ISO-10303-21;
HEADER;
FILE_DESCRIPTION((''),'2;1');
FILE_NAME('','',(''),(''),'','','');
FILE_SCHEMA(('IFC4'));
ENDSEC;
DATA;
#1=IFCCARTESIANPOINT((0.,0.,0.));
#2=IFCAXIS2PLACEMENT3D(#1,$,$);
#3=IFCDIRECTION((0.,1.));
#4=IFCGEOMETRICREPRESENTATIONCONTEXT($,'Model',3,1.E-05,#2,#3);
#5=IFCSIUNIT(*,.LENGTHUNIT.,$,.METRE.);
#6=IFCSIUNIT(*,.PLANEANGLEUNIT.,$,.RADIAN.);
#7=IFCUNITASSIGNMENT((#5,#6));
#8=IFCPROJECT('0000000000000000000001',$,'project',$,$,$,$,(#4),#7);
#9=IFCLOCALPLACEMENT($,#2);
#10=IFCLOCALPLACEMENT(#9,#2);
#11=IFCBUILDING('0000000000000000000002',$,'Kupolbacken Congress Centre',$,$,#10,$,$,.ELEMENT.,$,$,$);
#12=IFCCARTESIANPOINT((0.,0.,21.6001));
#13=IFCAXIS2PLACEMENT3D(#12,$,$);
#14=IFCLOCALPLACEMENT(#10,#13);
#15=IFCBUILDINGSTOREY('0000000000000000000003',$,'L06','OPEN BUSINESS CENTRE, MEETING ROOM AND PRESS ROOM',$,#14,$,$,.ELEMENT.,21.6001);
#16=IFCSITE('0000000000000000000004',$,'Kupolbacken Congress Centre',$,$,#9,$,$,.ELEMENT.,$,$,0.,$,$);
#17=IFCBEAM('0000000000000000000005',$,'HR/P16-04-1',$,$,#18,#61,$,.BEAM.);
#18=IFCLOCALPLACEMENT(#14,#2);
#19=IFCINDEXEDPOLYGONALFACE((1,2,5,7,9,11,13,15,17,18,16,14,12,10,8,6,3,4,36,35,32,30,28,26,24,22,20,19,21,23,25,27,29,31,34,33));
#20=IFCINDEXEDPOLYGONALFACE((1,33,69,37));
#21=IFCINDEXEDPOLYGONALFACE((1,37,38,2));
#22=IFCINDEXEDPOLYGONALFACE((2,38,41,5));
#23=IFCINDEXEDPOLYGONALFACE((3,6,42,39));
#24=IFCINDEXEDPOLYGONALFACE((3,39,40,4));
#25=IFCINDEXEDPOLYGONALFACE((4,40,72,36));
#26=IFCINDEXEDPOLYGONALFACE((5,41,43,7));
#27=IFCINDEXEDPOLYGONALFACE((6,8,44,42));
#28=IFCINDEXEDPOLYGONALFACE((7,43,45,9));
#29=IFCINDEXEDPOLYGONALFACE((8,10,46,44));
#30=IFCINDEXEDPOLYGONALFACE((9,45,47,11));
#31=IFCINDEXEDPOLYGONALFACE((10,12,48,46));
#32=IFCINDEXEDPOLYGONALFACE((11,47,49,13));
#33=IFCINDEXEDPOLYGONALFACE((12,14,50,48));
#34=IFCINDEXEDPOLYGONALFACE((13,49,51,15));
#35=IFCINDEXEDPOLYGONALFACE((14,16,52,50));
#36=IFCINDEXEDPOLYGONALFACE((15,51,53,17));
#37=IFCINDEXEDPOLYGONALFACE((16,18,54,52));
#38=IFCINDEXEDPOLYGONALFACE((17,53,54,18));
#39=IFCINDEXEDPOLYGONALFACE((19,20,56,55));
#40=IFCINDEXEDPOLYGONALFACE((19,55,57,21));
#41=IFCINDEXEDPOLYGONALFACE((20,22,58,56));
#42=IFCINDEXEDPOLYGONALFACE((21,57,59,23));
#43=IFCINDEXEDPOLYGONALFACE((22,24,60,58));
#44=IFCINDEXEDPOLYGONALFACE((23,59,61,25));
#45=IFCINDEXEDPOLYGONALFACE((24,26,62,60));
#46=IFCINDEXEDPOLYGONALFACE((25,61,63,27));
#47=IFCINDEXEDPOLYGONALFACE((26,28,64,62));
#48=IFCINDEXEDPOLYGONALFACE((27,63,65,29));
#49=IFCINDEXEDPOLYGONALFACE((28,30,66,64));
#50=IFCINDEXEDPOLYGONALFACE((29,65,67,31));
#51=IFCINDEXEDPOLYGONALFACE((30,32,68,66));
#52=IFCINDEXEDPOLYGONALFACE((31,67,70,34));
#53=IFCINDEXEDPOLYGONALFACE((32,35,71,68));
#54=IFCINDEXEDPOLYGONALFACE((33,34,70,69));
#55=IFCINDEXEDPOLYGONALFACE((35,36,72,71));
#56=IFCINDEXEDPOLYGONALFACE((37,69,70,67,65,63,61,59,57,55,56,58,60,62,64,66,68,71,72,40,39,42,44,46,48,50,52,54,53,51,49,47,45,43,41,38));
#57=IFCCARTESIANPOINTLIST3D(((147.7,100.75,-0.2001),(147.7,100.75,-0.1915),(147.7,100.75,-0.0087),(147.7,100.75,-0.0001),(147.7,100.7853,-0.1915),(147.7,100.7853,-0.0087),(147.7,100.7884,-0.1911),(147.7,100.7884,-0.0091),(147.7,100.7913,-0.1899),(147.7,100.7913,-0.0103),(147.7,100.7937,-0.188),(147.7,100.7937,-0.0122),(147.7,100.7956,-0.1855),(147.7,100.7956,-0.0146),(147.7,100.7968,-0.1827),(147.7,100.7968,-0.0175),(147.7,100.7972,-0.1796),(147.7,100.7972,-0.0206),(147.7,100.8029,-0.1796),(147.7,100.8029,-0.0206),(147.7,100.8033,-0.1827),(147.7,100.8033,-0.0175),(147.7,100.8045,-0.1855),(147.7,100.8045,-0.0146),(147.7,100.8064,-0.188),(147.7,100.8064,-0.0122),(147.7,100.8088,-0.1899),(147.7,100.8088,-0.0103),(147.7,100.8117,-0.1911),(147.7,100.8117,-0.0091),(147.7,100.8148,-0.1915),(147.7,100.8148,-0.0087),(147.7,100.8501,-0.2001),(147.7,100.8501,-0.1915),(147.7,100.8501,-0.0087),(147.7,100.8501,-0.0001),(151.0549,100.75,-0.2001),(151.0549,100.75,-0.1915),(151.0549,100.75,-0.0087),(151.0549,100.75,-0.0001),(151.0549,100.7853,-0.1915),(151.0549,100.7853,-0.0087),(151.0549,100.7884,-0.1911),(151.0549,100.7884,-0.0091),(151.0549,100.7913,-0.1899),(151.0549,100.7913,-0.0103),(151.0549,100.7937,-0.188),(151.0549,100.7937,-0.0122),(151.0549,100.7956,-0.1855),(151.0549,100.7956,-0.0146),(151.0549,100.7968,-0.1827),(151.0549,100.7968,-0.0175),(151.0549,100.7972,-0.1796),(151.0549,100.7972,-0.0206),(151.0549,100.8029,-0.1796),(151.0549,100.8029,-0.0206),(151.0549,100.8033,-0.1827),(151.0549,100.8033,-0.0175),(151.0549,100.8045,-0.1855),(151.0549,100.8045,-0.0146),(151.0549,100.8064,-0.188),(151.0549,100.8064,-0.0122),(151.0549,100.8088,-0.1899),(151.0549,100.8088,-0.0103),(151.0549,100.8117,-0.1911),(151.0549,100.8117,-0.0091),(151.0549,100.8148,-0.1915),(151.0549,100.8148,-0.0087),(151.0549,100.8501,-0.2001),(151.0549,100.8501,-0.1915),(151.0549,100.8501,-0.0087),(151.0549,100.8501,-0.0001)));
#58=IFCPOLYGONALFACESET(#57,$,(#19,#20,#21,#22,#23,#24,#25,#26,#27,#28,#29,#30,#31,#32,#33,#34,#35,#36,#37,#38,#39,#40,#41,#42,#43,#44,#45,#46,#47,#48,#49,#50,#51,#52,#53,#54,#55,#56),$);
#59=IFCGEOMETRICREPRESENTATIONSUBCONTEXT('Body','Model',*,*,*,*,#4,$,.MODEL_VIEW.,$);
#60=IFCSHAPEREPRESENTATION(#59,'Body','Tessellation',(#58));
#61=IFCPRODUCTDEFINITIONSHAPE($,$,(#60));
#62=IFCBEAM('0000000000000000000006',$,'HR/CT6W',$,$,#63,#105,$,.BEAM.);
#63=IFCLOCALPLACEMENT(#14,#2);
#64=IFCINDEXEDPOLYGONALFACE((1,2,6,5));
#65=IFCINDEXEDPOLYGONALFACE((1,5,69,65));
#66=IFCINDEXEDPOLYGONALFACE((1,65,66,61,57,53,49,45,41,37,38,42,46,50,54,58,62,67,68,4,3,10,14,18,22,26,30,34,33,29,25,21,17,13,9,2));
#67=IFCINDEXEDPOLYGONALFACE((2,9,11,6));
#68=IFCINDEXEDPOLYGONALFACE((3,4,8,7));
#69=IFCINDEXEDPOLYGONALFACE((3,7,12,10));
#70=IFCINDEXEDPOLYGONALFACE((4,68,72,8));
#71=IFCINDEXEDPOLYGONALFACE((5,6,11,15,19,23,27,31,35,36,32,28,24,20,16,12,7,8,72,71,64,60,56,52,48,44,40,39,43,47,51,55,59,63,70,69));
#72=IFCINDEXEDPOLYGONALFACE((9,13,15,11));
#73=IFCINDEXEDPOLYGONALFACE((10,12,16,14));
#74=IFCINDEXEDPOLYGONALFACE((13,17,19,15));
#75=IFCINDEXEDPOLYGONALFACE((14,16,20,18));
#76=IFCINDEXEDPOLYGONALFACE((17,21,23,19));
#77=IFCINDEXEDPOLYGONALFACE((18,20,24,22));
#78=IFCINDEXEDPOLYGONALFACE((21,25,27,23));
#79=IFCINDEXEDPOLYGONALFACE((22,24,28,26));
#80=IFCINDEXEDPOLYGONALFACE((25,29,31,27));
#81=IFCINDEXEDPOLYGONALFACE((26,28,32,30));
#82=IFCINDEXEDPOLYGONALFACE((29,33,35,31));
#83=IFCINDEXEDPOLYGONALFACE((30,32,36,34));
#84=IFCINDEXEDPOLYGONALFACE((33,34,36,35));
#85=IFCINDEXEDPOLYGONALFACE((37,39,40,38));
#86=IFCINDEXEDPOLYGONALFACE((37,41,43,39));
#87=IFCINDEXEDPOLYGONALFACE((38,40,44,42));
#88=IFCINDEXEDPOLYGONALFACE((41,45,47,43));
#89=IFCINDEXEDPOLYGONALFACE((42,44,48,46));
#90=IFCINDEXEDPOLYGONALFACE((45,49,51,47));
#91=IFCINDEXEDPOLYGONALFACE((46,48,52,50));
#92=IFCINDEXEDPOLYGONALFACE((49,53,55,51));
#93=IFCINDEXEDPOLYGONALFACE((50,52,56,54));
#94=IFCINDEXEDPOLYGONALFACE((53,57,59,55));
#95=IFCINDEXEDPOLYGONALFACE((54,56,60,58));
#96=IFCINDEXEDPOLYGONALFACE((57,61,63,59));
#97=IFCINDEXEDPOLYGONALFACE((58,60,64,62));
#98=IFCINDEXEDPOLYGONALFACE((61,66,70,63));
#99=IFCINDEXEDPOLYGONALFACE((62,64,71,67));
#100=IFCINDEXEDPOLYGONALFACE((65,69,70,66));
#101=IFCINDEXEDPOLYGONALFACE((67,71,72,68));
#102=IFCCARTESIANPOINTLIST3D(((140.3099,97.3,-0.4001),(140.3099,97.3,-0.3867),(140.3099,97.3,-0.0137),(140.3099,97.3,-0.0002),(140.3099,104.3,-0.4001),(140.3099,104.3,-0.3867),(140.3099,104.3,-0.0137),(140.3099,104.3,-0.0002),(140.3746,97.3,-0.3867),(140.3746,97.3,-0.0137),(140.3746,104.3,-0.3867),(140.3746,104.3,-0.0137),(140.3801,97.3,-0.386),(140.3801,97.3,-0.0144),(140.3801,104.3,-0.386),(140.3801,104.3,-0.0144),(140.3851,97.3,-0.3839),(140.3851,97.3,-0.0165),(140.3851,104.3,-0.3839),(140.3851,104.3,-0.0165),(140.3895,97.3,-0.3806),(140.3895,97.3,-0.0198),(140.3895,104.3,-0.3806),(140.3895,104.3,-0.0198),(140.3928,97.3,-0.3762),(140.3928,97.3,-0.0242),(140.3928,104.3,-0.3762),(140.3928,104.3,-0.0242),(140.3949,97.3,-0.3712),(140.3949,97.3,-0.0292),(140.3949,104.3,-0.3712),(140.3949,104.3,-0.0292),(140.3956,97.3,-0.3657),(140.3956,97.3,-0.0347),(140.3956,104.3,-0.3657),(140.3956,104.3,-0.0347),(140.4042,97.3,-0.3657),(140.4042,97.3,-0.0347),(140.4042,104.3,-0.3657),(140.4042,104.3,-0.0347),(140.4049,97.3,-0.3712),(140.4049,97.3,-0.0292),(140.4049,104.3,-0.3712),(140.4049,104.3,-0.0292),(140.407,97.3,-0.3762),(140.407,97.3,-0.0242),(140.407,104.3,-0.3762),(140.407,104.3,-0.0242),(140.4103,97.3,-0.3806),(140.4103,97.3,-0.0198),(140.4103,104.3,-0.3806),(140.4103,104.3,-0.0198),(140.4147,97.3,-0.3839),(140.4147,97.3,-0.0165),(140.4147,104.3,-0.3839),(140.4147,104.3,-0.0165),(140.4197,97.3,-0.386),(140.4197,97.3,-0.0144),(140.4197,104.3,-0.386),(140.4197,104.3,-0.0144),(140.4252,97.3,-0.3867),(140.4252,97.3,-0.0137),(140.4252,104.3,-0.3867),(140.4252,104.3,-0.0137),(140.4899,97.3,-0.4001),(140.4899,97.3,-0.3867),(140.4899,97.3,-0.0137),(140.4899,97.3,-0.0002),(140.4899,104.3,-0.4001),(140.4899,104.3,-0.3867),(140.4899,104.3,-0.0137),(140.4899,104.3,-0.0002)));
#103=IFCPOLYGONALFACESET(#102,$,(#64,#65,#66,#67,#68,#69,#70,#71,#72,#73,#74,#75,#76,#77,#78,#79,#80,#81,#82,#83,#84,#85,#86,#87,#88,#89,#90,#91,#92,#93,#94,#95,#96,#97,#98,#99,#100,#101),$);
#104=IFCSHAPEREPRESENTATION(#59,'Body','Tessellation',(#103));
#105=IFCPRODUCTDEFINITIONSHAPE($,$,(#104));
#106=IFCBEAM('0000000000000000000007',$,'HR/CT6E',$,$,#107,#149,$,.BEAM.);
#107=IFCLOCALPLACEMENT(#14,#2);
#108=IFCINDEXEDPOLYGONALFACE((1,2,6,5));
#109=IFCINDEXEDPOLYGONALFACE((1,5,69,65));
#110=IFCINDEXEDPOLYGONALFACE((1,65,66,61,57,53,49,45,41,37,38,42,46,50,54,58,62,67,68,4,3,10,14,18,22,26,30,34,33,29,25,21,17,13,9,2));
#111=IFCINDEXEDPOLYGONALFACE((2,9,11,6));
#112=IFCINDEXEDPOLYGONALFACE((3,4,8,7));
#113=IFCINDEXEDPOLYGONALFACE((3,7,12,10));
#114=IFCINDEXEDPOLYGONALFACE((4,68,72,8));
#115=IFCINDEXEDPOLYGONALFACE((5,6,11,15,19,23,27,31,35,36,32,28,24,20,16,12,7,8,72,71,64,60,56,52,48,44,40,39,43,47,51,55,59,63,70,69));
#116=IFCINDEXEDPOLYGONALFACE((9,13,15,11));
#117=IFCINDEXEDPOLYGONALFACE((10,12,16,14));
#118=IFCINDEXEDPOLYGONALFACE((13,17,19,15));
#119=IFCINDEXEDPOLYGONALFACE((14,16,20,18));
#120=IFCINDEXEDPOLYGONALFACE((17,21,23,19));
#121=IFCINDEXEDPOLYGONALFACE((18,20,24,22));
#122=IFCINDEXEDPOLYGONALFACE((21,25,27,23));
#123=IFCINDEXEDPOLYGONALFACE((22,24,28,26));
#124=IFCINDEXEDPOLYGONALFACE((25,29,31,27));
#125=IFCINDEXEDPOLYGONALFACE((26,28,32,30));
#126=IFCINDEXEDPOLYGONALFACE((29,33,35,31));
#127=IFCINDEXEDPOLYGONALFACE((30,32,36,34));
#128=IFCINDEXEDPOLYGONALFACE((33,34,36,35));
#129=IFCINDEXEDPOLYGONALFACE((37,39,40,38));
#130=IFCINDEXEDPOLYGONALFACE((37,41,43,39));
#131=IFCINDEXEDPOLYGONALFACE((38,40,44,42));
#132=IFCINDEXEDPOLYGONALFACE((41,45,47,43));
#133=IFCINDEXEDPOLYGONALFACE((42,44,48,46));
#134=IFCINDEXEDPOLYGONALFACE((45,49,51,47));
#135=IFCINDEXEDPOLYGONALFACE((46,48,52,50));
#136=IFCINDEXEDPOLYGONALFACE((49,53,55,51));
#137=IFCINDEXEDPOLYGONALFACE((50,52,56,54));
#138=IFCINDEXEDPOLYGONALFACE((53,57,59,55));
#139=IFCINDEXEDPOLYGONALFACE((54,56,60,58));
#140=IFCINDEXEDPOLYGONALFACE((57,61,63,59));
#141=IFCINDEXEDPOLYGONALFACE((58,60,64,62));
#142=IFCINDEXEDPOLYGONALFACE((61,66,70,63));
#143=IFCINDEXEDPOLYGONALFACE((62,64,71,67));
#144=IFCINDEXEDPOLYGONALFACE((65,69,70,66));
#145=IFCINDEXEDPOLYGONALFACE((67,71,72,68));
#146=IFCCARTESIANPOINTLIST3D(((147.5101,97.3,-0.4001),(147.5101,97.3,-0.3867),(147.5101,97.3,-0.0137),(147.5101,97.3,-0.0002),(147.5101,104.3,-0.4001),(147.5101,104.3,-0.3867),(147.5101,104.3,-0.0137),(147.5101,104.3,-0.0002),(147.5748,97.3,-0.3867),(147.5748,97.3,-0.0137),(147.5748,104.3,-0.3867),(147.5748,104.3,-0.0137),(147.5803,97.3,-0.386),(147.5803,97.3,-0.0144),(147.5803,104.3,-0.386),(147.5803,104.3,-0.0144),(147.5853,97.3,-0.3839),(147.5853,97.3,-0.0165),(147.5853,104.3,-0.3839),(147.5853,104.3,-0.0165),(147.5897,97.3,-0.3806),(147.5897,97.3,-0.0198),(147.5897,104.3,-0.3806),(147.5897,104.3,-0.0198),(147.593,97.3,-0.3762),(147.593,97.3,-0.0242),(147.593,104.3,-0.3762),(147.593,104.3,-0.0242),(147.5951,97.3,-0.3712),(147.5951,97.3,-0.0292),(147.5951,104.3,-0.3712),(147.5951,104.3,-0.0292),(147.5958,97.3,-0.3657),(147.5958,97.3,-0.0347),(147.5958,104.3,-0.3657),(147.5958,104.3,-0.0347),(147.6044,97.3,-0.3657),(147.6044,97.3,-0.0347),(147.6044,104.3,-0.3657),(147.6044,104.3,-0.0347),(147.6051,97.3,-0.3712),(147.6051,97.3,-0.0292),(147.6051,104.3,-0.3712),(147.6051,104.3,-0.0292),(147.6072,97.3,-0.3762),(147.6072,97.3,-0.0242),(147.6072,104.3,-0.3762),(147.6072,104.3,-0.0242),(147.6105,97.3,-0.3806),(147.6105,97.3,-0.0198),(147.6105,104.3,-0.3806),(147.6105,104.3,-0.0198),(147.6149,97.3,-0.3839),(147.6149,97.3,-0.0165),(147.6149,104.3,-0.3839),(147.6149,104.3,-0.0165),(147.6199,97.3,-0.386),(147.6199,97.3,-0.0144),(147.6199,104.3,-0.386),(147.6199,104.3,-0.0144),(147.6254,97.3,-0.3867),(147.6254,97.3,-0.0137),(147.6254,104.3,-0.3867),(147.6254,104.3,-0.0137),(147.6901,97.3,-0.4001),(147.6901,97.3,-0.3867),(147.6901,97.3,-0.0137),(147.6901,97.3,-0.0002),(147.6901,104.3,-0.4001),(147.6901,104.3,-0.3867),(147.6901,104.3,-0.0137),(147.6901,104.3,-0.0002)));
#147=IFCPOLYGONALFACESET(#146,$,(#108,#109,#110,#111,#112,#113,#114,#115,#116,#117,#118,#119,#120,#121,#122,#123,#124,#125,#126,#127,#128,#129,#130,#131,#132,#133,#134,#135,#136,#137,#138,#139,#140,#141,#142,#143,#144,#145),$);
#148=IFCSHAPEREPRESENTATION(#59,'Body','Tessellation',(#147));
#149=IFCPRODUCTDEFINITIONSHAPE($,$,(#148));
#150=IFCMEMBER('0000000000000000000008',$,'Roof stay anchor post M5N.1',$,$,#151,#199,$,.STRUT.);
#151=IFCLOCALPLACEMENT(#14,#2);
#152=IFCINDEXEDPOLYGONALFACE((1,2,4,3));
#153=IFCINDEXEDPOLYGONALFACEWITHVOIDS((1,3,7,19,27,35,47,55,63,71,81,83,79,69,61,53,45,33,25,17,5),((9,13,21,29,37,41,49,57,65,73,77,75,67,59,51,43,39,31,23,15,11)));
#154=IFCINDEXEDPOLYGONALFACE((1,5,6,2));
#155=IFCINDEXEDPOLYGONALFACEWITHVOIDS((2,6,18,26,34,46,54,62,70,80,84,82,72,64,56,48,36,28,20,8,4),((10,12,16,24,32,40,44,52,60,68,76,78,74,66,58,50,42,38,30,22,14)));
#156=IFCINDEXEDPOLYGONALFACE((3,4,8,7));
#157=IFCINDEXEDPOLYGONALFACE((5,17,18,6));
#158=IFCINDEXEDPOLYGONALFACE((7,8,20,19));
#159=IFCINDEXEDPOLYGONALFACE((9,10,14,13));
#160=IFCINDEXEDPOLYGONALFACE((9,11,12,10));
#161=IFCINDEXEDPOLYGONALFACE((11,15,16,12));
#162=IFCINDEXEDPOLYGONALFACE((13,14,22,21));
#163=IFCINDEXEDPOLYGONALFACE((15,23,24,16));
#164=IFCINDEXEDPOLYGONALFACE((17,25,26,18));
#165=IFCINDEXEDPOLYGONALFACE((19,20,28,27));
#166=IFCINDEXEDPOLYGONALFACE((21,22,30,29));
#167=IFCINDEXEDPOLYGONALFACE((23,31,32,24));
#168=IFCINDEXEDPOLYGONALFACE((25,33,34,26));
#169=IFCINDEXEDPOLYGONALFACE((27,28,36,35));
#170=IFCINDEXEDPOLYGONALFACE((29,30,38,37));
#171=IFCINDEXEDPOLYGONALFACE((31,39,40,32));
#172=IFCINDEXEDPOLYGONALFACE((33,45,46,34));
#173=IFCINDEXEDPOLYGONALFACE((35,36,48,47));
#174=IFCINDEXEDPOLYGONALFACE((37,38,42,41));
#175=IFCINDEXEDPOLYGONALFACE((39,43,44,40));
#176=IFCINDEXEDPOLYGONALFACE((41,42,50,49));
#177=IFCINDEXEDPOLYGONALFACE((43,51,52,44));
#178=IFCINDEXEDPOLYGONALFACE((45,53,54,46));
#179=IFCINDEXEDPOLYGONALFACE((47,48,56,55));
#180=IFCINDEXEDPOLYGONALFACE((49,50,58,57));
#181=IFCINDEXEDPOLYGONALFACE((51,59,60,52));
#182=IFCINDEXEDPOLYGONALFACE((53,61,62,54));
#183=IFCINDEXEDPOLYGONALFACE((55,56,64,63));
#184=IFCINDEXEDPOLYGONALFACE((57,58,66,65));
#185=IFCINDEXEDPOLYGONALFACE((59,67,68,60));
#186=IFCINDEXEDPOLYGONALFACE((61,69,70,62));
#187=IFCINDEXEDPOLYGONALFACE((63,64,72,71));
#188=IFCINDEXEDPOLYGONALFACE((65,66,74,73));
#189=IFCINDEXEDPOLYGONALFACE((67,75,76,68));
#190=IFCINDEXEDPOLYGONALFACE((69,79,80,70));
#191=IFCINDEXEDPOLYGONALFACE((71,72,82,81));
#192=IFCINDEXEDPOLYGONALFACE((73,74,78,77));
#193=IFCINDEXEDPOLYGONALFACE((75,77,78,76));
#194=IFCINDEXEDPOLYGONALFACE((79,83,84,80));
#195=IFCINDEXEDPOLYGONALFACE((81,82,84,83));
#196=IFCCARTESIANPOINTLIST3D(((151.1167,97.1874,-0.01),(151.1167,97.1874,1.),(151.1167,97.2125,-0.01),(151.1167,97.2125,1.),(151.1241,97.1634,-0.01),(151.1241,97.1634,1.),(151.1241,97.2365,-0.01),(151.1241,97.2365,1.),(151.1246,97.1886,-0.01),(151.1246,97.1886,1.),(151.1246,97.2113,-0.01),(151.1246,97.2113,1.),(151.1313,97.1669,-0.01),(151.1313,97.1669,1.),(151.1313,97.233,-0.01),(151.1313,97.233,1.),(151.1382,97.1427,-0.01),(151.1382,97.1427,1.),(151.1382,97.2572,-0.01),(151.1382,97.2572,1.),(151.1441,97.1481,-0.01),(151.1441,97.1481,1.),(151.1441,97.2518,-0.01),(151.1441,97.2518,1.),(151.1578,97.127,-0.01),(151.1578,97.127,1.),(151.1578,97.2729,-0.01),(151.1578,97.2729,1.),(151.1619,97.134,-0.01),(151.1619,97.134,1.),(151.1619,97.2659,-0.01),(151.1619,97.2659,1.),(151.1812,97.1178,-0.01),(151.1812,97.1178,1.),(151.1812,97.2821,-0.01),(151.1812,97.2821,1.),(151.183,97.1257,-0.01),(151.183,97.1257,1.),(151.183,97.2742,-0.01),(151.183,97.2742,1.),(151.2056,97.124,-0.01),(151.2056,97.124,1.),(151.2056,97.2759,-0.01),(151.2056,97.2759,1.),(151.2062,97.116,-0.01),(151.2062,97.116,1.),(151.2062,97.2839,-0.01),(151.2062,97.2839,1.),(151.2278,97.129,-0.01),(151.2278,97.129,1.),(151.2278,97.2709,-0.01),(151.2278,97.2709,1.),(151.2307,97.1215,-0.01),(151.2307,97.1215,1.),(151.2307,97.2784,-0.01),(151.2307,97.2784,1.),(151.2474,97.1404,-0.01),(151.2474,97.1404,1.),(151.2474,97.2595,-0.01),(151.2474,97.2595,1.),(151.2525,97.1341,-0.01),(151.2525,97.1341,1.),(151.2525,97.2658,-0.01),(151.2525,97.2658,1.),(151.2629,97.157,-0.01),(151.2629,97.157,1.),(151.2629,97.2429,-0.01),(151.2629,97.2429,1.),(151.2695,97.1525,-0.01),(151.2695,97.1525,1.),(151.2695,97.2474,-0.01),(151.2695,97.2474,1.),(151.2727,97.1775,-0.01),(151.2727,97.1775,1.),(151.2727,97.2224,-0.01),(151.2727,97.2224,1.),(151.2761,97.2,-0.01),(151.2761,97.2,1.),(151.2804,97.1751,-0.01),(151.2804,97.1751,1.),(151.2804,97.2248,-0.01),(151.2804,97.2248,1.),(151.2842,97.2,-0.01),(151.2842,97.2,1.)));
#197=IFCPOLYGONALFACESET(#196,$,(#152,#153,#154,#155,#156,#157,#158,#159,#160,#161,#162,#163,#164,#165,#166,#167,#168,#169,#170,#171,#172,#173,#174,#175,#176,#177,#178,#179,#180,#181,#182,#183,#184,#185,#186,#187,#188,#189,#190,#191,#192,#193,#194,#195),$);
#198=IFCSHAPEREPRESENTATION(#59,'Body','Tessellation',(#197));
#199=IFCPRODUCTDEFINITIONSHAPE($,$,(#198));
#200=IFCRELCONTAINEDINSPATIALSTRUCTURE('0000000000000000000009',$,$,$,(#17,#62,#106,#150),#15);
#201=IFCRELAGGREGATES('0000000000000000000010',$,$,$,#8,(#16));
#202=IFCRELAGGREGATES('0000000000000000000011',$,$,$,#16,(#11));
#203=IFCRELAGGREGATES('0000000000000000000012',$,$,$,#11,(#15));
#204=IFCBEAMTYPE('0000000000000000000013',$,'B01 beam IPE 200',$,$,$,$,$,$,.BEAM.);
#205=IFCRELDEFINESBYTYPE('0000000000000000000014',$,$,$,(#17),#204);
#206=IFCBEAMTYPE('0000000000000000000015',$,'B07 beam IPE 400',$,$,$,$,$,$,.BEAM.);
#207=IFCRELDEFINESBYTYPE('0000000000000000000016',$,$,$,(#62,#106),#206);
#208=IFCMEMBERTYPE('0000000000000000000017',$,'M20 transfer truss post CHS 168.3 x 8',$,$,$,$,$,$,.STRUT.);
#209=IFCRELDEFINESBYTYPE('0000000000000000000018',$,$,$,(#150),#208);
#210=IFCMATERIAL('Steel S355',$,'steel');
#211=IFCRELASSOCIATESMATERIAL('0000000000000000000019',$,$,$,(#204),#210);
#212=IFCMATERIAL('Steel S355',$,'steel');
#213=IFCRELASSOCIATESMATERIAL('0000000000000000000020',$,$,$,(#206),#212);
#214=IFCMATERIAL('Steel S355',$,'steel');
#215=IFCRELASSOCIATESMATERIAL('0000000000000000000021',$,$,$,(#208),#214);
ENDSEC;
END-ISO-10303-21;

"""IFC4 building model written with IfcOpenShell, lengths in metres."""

from ifc_helpers import new_model, si_unit, direction, frame, origin, origin_2d, place, context, subcontext, project, spatial, hollow_circle, i_section, extrude, material, material_profile, profile_set, type_object, element, save


model = new_model("IFC4")

# Units and contexts
model_context = context("Model", 3, precision=1e-05, world=origin(), true_north=direction((0.0, 1.0)))
body_context = subcontext(model_context, "Body", "Model", "MODEL_VIEW")
ifc_project = project(units=[si_unit("LENGTHUNIT", "METRE"), si_unit("PLANEANGLEUNIT", "RADIAN")], contexts=[model_context])

# Site, building, storey
site_placement = place(None, origin())
site = spatial("IfcSite", under=ifc_project, at=site_placement, Name="Kupolbacken Congress Centre", CompositionType="ELEMENT", RefElevation=0.0)
building_placement = place(site_placement, origin())
building = spatial("IfcBuilding", under=site, at=building_placement, Name="Kupolbacken Congress Centre", CompositionType="ELEMENT")
storey_placement = place(building_placement, frame((0.0, 0.0, 21.6001)))
storey = spatial("IfcBuildingStorey", under=building, at=storey_placement, Name="L06", Description="OPEN BUSINESS CENTRE, MEETING ROOM AND PRESS ROOM", CompositionType="ELEMENT", Elevation=21.6001)

# Beams
ifc_material_1 = material(Name="Steel S355", Category="steel")
ifc_material_profile_1 = material_profile(ifc_material_1, i_section(OverallWidth=0.1001, OverallDepth=0.2, WebThickness=0.0056, FlangeThickness=0.0085, FilletRadius=0.012, at=origin_2d()), Name="IPE 200")
ifc_profile_set_1 = profile_set([ifc_material_profile_1], Name="Steel S355")
beam_type_1 = type_object("IfcBeamType", Name="B01 beam IPE 200", PredefinedType="BEAM", material=ifc_profile_set_1)
beam_placement = place(storey_placement, frame((147.7, 100.8, -0.1001), z_axis=(1.0, 0.0, 0.0), x_axis=(0.0, 1.0, 0.0)))
element("IfcBeam", 1, at=beam_placement, inside=storey, type_object=beam_type_1, Name="HR/P16-04-1", PredefinedType="BEAM", context=body_context, shape_type="SweptSolid", body=[
    extrude(i_section(OverallWidth=0.1001, OverallDepth=0.2, WebThickness=0.0056, FlangeThickness=0.0085, FilletRadius=0.012, at=origin_2d()), origin(), (0.0, 0.0, 1.0), 3.355),
])
ifc_material_2 = material(Name="Steel S355", Category="steel")
ifc_material_profile_2 = material_profile(ifc_material_2, i_section(OverallWidth=0.1799, OverallDepth=0.3999, WebThickness=0.0085, FlangeThickness=0.0134, FilletRadius=0.021, at=origin_2d()), Name="IPE 400")
ifc_profile_set_2 = profile_set([ifc_material_profile_2], Name="Steel S355")
beam_type_2 = type_object("IfcBeamType", Name="B07 beam IPE 400", PredefinedType="BEAM", material=ifc_profile_set_2)
for number, where, z_axis, x_axis, name in (
    (2, (140.3999, 97.3, -0.2002), (0.0, 1.0, 0.0), (-1.0, 0.0, 0.0), "HR/CT6W"),
    (3, (147.6001, 97.3, -0.2002), (0.0, 1.0, 0.0), (-1.0, 0.0, 0.0), "HR/CT6E"),
):
    element("IfcBeam", number, at=place(storey_placement, frame(where, z_axis=z_axis, x_axis=x_axis)), inside=storey, type_object=beam_type_2, Name=name, PredefinedType="BEAM", context=body_context, shape_type="SweptSolid", body=[
        extrude(i_section(OverallWidth=0.1799, OverallDepth=0.3999, WebThickness=0.0085, FlangeThickness=0.0134, FilletRadius=0.021, at=origin_2d()), origin(), (0.0, 0.0, 1.0), 7.0),
    ])

# Member
ifc_material_3 = material(Name="Steel S355", Category="steel")
ifc_material_profile_3 = material_profile(ifc_material_3, hollow_circle(Radius=0.0842, WallThickness=0.0081, at=origin_2d()), Name="CHS 168.3 x 8")
ifc_profile_set_3 = profile_set([ifc_material_profile_3], Name="Steel S355")
member_type_1 = type_object("IfcMemberType", Name="M20 transfer truss post CHS 168.3 x 8", PredefinedType="STRUT", material=ifc_profile_set_3)
member_1_placement = place(storey_placement, frame((151.2, 97.2, -0.01), z_axis=(0.0, 0.0, 1.0), x_axis=(1.0, 0.0, 0.0)))
element("IfcMember", 4, at=member_1_placement, inside=storey, type_object=member_type_1, Name="Roof stay anchor post M5N.1", PredefinedType="STRUT", context=body_context, shape_type="SweptSolid", body=[
    extrude(hollow_circle(Radius=0.0842, WallThickness=0.0081, at=origin_2d()), origin(), (0.0, 0.0, 1.0), 1.01),
])

save(model, "model.ifc")
